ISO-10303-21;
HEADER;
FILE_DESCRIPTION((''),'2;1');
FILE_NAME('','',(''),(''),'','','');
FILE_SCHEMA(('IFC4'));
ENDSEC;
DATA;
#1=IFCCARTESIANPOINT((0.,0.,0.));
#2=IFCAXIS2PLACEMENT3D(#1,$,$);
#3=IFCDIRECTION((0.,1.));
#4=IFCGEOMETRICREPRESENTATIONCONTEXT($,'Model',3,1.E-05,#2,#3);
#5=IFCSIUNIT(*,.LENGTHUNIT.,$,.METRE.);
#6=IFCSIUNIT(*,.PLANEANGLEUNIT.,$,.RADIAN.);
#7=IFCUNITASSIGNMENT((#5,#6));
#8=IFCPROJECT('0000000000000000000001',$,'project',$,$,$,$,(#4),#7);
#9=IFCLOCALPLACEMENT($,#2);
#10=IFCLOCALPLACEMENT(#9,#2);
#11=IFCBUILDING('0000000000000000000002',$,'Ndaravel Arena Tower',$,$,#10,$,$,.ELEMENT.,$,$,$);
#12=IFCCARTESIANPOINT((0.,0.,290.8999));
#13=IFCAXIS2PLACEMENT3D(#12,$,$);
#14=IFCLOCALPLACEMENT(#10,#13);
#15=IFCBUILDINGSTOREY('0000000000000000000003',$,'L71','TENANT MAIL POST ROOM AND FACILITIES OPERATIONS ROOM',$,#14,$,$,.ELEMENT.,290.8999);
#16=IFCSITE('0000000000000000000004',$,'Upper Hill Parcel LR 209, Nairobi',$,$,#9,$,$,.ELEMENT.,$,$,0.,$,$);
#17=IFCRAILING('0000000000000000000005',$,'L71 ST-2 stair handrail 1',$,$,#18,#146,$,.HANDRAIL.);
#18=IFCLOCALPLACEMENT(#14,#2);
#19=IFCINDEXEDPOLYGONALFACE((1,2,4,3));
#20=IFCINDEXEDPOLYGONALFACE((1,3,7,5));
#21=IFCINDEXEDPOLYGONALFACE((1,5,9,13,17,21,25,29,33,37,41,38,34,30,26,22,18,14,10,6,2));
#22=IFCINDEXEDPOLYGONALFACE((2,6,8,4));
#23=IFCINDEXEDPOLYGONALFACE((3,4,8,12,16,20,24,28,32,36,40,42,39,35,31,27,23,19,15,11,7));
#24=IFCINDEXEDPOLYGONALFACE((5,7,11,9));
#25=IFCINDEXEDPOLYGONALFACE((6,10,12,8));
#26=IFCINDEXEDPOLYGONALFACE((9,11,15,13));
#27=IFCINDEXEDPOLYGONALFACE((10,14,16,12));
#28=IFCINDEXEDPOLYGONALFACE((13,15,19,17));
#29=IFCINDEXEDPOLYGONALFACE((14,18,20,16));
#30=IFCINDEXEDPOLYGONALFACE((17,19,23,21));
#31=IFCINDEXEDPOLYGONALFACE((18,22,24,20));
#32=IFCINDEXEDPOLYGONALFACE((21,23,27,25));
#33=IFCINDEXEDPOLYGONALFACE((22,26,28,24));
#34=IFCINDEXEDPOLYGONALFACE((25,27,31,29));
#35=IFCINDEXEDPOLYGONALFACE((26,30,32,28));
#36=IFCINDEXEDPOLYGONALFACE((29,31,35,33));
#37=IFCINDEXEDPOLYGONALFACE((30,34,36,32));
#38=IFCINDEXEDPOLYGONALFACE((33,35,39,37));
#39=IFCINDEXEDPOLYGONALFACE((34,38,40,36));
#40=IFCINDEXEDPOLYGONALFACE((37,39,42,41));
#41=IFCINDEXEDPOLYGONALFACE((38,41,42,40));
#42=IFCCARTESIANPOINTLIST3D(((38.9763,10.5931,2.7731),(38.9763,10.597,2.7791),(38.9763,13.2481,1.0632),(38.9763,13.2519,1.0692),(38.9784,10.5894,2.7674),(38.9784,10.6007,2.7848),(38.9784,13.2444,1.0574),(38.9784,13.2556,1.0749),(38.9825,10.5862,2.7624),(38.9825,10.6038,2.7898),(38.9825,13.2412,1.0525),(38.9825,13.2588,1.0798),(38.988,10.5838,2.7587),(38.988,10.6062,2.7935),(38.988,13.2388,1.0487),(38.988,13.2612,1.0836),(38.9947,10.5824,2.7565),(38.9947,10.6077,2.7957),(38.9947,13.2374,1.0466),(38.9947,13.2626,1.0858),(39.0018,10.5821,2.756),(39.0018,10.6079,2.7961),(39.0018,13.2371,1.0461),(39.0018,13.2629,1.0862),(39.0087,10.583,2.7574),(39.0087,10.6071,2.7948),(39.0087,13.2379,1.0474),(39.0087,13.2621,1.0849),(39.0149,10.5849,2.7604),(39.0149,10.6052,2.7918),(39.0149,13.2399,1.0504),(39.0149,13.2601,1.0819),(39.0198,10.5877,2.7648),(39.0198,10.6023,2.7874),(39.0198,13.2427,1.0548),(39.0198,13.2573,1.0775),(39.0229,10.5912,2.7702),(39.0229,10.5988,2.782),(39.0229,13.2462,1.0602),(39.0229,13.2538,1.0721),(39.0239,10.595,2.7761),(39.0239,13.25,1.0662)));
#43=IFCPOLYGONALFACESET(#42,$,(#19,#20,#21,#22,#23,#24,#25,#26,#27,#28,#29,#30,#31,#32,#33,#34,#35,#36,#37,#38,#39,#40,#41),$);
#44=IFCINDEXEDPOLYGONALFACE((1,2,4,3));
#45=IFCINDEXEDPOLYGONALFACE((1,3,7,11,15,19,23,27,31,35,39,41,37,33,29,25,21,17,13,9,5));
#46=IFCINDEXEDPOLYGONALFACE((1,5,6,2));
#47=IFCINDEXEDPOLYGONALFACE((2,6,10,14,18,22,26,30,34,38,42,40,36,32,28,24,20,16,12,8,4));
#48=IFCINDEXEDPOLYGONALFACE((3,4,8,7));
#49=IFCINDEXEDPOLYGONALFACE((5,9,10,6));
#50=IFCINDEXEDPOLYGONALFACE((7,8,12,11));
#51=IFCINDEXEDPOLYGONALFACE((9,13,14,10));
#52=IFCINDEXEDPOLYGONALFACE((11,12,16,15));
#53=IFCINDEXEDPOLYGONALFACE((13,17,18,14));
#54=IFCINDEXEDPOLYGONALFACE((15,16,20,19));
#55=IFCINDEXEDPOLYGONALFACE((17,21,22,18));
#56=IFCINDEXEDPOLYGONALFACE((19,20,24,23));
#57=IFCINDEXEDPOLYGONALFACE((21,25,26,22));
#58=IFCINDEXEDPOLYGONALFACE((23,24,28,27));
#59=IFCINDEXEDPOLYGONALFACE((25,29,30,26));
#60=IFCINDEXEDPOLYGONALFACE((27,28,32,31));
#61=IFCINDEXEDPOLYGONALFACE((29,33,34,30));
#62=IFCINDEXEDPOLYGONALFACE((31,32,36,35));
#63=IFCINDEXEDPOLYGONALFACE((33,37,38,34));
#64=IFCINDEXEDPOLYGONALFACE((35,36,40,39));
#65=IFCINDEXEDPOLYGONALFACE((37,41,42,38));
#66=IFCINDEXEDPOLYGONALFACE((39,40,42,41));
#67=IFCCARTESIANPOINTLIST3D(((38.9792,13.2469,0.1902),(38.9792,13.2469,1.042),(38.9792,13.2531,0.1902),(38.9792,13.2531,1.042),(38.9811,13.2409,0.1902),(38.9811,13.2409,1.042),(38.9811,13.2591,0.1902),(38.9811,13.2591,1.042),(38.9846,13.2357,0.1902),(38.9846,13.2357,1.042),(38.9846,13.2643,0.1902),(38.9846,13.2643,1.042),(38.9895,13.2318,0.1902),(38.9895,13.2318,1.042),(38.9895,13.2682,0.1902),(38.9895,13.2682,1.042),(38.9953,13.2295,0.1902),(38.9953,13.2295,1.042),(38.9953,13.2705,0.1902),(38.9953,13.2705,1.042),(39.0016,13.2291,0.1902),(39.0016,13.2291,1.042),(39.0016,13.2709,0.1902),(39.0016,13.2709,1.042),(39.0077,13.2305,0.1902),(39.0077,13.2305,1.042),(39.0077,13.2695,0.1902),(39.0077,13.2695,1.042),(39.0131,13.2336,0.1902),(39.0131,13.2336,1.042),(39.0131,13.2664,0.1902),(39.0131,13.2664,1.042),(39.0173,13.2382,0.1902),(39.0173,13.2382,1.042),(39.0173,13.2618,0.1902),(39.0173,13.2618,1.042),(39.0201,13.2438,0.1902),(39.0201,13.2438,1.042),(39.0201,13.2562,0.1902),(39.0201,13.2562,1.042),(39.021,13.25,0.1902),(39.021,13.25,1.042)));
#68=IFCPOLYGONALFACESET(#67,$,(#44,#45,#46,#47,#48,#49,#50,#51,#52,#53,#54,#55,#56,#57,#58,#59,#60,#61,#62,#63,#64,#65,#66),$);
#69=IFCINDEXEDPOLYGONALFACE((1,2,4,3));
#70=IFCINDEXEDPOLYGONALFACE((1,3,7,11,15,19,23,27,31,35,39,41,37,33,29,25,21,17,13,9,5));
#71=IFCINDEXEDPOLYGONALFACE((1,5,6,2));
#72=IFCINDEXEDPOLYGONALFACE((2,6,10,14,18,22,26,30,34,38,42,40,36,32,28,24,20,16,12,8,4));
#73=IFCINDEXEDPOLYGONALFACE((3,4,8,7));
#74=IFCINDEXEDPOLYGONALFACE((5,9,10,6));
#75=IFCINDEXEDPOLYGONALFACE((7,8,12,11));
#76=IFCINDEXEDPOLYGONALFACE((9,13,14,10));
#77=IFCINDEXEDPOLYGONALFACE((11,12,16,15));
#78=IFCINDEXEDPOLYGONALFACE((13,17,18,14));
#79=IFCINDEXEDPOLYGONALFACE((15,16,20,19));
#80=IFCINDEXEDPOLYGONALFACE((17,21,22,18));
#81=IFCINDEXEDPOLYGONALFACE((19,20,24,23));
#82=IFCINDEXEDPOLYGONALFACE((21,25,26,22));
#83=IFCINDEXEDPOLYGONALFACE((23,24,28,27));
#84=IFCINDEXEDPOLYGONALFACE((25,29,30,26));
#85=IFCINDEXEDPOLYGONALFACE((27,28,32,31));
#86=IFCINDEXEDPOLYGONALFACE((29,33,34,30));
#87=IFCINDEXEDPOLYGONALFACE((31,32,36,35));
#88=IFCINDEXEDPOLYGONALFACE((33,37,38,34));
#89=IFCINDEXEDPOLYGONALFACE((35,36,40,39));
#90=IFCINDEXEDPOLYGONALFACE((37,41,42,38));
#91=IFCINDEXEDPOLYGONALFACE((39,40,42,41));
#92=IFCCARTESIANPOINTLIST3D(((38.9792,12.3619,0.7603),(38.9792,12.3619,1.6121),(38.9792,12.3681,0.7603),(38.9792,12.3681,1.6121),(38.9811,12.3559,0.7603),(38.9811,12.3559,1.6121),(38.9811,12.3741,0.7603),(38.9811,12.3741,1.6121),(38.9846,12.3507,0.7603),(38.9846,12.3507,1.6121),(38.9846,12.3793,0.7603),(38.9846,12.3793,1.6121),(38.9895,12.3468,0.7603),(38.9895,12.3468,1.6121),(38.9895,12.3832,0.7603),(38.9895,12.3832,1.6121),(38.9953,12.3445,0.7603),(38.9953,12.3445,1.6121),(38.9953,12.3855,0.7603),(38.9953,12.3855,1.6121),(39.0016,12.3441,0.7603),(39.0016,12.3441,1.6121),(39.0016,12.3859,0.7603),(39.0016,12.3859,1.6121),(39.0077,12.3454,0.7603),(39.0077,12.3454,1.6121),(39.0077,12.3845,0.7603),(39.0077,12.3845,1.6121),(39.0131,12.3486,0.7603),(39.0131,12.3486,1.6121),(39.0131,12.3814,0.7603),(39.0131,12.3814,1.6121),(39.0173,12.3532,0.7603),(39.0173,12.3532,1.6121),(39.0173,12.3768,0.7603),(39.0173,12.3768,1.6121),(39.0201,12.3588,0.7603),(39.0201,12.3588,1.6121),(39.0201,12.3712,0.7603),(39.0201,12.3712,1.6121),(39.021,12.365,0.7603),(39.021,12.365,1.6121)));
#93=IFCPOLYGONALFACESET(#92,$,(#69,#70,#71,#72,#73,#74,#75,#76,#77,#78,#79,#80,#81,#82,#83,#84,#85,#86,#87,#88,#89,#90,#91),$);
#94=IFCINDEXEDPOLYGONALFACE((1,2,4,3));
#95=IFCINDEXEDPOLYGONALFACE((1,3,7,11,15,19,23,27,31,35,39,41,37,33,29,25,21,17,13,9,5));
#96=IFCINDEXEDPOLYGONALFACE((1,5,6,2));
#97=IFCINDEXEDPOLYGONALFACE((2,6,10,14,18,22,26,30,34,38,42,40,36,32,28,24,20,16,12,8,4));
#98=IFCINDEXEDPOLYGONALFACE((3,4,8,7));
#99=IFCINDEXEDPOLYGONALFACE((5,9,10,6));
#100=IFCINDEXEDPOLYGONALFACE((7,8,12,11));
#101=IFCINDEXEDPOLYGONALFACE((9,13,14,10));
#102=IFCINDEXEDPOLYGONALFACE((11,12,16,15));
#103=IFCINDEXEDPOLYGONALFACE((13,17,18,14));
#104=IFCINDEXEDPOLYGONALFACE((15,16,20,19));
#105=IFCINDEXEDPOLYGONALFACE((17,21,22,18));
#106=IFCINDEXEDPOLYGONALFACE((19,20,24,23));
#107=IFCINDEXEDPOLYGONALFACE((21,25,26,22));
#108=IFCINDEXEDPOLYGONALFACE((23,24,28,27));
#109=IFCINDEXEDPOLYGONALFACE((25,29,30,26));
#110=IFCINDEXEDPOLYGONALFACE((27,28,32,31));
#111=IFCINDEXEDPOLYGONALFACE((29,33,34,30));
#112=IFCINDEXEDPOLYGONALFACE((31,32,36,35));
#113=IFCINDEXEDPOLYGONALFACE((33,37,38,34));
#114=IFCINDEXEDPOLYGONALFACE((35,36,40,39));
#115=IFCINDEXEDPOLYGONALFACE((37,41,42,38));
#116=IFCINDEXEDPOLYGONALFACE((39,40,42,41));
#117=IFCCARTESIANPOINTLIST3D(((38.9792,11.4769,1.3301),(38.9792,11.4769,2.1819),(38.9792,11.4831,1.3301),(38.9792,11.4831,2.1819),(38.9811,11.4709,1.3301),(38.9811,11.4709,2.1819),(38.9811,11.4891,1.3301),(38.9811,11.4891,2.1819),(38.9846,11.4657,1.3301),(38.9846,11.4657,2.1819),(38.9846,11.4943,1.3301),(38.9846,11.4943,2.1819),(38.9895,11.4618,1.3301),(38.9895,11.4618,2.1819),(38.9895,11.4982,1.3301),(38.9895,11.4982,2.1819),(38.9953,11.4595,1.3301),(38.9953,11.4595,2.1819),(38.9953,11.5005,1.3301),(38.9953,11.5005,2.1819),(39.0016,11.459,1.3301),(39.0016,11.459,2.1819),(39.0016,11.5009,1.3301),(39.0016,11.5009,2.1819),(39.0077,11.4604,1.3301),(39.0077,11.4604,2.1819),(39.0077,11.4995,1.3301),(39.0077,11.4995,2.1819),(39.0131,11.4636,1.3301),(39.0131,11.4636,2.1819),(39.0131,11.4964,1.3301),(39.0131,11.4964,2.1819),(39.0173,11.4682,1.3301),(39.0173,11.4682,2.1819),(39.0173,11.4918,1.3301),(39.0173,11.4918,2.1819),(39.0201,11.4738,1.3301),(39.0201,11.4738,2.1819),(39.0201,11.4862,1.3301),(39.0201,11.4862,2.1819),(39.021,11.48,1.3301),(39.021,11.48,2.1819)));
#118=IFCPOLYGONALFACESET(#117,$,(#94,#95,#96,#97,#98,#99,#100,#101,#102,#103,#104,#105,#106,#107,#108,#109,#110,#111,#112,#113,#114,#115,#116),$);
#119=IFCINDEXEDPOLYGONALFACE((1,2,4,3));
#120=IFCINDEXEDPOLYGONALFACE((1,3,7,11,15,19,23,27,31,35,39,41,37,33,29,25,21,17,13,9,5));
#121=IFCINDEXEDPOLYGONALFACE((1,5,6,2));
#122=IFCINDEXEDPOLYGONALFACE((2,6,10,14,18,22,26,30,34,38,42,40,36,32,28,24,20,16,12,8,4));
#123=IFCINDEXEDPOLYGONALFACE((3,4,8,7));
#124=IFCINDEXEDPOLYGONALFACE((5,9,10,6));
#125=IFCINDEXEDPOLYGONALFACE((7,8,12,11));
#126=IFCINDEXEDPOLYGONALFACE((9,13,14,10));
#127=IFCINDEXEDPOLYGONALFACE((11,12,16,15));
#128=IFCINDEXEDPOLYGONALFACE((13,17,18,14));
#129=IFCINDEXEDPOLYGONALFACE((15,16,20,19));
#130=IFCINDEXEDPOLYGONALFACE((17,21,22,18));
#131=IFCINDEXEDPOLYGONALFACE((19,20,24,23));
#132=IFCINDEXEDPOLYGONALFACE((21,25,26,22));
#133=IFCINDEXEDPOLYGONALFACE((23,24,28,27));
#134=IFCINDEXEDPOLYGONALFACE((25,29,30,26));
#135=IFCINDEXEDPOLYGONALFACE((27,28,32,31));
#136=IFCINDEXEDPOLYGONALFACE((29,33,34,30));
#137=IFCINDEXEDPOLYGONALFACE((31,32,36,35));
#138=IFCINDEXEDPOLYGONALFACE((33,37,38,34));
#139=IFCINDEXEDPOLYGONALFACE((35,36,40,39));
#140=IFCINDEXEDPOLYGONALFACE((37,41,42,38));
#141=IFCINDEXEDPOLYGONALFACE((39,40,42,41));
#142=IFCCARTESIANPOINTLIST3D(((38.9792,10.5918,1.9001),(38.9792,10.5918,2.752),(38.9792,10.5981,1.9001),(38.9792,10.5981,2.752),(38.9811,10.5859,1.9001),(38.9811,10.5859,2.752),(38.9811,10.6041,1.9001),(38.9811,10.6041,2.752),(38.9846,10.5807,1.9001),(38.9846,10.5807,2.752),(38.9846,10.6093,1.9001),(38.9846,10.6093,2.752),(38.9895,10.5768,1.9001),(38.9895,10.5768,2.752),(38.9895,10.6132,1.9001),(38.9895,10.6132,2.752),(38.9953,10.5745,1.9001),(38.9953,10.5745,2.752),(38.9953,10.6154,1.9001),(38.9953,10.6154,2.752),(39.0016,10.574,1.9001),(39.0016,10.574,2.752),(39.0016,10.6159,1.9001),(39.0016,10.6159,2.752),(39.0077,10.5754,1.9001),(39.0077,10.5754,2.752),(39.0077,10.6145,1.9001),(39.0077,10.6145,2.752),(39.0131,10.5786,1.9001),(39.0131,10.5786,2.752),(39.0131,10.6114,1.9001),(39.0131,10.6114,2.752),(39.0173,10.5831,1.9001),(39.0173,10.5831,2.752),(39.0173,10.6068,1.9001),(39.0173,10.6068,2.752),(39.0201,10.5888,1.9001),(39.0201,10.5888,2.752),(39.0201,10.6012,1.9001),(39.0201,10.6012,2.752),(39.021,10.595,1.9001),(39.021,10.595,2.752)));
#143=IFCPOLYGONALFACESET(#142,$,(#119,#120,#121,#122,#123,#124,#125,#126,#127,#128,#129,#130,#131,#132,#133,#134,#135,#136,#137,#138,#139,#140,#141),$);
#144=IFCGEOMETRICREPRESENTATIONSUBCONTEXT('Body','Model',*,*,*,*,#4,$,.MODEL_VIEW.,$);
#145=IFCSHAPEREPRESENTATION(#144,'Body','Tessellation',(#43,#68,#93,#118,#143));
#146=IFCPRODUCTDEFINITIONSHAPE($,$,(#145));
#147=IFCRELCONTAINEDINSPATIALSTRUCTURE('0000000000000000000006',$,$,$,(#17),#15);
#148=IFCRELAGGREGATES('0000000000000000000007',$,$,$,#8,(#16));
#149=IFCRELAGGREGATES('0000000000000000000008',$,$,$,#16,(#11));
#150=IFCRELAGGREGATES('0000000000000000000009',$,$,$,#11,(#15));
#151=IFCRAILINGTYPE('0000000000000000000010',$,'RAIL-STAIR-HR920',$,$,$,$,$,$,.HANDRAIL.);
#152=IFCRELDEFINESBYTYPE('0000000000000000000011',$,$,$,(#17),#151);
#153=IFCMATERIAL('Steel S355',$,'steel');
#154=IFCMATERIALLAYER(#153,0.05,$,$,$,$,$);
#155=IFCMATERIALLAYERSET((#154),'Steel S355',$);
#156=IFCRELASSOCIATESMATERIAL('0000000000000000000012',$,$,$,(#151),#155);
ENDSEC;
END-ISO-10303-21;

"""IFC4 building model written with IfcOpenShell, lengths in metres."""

from ifc_helpers import new_model, si_unit, direction, frame, origin, origin_2d, place, context, subcontext, project, spatial, circle, extrude, material, layer, layer_set, type_object, element, save


model = new_model("IFC4")

# Units and contexts
model_context = context("Model", 3, precision=1e-05, world=origin(), true_north=direction((0.0, 1.0)))
body_context = subcontext(model_context, "Body", "Model", "MODEL_VIEW")
ifc_project = project(units=[si_unit("LENGTHUNIT", "METRE"), si_unit("PLANEANGLEUNIT", "RADIAN")], contexts=[model_context])

# Site, building, storey
site_placement = place(None, origin())
site = spatial("IfcSite", under=ifc_project, at=site_placement, Name="Upper Hill Parcel LR 209, Nairobi", CompositionType="ELEMENT", RefElevation=0.0)
building_placement = place(site_placement, origin())
building = spatial("IfcBuilding", under=site, at=building_placement, Name="Ndaravel Arena Tower", CompositionType="ELEMENT")
storey_placement = place(building_placement, frame((0.0, 0.0, 290.8999)))
storey = spatial("IfcBuildingStorey", under=building, at=storey_placement, Name="L71", Description="TENANT MAIL POST ROOM AND FACILITIES OPERATIONS ROOM", CompositionType="ELEMENT", Elevation=290.8999)

# Railing
ifc_material_1 = material(Name="Steel S355", Category="steel")
ifc_layer_1 = layer(ifc_material_1, 0.05)
ifc_layer_set_1 = layer_set([ifc_layer_1], Name="Steel S355")
railing_type_1 = type_object("IfcRailingType", Name="RAIL-STAIR-HR920", PredefinedType="HANDRAIL", material=ifc_layer_set_1)
railing_1_placement = place(storey_placement, frame((39.0, 13.25, 0.1902)))
element("IfcRailing", 1, at=railing_1_placement, inside=storey, type_object=railing_type_1, Name="L71 ST-2 stair handrail 1", PredefinedType="HANDRAIL", context=body_context, shape_type="SweptSolid", body=[
    extrude(circle(Radius=0.0239, at=origin_2d()), frame((0.0, 0.0, 0.876), z_axis=(0.0, -0.840724, 0.541465), x_axis=(1.0, 0.0, 0.0)), (0.0, 0.0, 1.0), 3.158),
    extrude(circle(Radius=0.021, at=origin_2d()), origin(), (0.0, 0.0, 1.0), 0.8518),
    extrude(circle(Radius=0.021, at=origin_2d()), frame((0.0, -0.885, 0.5701)), (0.0, 0.0, 1.0), 0.8518),
    extrude(circle(Radius=0.021, at=origin_2d()), frame((0.0, -1.77, 1.1399)), (0.0, 0.0, 1.0), 0.8518),
    extrude(circle(Radius=0.021, at=origin_2d()), frame((0.0, -2.655, 1.71)), (0.0, 0.0, 1.0), 0.8518),
])

save(model, "model.ifc")
